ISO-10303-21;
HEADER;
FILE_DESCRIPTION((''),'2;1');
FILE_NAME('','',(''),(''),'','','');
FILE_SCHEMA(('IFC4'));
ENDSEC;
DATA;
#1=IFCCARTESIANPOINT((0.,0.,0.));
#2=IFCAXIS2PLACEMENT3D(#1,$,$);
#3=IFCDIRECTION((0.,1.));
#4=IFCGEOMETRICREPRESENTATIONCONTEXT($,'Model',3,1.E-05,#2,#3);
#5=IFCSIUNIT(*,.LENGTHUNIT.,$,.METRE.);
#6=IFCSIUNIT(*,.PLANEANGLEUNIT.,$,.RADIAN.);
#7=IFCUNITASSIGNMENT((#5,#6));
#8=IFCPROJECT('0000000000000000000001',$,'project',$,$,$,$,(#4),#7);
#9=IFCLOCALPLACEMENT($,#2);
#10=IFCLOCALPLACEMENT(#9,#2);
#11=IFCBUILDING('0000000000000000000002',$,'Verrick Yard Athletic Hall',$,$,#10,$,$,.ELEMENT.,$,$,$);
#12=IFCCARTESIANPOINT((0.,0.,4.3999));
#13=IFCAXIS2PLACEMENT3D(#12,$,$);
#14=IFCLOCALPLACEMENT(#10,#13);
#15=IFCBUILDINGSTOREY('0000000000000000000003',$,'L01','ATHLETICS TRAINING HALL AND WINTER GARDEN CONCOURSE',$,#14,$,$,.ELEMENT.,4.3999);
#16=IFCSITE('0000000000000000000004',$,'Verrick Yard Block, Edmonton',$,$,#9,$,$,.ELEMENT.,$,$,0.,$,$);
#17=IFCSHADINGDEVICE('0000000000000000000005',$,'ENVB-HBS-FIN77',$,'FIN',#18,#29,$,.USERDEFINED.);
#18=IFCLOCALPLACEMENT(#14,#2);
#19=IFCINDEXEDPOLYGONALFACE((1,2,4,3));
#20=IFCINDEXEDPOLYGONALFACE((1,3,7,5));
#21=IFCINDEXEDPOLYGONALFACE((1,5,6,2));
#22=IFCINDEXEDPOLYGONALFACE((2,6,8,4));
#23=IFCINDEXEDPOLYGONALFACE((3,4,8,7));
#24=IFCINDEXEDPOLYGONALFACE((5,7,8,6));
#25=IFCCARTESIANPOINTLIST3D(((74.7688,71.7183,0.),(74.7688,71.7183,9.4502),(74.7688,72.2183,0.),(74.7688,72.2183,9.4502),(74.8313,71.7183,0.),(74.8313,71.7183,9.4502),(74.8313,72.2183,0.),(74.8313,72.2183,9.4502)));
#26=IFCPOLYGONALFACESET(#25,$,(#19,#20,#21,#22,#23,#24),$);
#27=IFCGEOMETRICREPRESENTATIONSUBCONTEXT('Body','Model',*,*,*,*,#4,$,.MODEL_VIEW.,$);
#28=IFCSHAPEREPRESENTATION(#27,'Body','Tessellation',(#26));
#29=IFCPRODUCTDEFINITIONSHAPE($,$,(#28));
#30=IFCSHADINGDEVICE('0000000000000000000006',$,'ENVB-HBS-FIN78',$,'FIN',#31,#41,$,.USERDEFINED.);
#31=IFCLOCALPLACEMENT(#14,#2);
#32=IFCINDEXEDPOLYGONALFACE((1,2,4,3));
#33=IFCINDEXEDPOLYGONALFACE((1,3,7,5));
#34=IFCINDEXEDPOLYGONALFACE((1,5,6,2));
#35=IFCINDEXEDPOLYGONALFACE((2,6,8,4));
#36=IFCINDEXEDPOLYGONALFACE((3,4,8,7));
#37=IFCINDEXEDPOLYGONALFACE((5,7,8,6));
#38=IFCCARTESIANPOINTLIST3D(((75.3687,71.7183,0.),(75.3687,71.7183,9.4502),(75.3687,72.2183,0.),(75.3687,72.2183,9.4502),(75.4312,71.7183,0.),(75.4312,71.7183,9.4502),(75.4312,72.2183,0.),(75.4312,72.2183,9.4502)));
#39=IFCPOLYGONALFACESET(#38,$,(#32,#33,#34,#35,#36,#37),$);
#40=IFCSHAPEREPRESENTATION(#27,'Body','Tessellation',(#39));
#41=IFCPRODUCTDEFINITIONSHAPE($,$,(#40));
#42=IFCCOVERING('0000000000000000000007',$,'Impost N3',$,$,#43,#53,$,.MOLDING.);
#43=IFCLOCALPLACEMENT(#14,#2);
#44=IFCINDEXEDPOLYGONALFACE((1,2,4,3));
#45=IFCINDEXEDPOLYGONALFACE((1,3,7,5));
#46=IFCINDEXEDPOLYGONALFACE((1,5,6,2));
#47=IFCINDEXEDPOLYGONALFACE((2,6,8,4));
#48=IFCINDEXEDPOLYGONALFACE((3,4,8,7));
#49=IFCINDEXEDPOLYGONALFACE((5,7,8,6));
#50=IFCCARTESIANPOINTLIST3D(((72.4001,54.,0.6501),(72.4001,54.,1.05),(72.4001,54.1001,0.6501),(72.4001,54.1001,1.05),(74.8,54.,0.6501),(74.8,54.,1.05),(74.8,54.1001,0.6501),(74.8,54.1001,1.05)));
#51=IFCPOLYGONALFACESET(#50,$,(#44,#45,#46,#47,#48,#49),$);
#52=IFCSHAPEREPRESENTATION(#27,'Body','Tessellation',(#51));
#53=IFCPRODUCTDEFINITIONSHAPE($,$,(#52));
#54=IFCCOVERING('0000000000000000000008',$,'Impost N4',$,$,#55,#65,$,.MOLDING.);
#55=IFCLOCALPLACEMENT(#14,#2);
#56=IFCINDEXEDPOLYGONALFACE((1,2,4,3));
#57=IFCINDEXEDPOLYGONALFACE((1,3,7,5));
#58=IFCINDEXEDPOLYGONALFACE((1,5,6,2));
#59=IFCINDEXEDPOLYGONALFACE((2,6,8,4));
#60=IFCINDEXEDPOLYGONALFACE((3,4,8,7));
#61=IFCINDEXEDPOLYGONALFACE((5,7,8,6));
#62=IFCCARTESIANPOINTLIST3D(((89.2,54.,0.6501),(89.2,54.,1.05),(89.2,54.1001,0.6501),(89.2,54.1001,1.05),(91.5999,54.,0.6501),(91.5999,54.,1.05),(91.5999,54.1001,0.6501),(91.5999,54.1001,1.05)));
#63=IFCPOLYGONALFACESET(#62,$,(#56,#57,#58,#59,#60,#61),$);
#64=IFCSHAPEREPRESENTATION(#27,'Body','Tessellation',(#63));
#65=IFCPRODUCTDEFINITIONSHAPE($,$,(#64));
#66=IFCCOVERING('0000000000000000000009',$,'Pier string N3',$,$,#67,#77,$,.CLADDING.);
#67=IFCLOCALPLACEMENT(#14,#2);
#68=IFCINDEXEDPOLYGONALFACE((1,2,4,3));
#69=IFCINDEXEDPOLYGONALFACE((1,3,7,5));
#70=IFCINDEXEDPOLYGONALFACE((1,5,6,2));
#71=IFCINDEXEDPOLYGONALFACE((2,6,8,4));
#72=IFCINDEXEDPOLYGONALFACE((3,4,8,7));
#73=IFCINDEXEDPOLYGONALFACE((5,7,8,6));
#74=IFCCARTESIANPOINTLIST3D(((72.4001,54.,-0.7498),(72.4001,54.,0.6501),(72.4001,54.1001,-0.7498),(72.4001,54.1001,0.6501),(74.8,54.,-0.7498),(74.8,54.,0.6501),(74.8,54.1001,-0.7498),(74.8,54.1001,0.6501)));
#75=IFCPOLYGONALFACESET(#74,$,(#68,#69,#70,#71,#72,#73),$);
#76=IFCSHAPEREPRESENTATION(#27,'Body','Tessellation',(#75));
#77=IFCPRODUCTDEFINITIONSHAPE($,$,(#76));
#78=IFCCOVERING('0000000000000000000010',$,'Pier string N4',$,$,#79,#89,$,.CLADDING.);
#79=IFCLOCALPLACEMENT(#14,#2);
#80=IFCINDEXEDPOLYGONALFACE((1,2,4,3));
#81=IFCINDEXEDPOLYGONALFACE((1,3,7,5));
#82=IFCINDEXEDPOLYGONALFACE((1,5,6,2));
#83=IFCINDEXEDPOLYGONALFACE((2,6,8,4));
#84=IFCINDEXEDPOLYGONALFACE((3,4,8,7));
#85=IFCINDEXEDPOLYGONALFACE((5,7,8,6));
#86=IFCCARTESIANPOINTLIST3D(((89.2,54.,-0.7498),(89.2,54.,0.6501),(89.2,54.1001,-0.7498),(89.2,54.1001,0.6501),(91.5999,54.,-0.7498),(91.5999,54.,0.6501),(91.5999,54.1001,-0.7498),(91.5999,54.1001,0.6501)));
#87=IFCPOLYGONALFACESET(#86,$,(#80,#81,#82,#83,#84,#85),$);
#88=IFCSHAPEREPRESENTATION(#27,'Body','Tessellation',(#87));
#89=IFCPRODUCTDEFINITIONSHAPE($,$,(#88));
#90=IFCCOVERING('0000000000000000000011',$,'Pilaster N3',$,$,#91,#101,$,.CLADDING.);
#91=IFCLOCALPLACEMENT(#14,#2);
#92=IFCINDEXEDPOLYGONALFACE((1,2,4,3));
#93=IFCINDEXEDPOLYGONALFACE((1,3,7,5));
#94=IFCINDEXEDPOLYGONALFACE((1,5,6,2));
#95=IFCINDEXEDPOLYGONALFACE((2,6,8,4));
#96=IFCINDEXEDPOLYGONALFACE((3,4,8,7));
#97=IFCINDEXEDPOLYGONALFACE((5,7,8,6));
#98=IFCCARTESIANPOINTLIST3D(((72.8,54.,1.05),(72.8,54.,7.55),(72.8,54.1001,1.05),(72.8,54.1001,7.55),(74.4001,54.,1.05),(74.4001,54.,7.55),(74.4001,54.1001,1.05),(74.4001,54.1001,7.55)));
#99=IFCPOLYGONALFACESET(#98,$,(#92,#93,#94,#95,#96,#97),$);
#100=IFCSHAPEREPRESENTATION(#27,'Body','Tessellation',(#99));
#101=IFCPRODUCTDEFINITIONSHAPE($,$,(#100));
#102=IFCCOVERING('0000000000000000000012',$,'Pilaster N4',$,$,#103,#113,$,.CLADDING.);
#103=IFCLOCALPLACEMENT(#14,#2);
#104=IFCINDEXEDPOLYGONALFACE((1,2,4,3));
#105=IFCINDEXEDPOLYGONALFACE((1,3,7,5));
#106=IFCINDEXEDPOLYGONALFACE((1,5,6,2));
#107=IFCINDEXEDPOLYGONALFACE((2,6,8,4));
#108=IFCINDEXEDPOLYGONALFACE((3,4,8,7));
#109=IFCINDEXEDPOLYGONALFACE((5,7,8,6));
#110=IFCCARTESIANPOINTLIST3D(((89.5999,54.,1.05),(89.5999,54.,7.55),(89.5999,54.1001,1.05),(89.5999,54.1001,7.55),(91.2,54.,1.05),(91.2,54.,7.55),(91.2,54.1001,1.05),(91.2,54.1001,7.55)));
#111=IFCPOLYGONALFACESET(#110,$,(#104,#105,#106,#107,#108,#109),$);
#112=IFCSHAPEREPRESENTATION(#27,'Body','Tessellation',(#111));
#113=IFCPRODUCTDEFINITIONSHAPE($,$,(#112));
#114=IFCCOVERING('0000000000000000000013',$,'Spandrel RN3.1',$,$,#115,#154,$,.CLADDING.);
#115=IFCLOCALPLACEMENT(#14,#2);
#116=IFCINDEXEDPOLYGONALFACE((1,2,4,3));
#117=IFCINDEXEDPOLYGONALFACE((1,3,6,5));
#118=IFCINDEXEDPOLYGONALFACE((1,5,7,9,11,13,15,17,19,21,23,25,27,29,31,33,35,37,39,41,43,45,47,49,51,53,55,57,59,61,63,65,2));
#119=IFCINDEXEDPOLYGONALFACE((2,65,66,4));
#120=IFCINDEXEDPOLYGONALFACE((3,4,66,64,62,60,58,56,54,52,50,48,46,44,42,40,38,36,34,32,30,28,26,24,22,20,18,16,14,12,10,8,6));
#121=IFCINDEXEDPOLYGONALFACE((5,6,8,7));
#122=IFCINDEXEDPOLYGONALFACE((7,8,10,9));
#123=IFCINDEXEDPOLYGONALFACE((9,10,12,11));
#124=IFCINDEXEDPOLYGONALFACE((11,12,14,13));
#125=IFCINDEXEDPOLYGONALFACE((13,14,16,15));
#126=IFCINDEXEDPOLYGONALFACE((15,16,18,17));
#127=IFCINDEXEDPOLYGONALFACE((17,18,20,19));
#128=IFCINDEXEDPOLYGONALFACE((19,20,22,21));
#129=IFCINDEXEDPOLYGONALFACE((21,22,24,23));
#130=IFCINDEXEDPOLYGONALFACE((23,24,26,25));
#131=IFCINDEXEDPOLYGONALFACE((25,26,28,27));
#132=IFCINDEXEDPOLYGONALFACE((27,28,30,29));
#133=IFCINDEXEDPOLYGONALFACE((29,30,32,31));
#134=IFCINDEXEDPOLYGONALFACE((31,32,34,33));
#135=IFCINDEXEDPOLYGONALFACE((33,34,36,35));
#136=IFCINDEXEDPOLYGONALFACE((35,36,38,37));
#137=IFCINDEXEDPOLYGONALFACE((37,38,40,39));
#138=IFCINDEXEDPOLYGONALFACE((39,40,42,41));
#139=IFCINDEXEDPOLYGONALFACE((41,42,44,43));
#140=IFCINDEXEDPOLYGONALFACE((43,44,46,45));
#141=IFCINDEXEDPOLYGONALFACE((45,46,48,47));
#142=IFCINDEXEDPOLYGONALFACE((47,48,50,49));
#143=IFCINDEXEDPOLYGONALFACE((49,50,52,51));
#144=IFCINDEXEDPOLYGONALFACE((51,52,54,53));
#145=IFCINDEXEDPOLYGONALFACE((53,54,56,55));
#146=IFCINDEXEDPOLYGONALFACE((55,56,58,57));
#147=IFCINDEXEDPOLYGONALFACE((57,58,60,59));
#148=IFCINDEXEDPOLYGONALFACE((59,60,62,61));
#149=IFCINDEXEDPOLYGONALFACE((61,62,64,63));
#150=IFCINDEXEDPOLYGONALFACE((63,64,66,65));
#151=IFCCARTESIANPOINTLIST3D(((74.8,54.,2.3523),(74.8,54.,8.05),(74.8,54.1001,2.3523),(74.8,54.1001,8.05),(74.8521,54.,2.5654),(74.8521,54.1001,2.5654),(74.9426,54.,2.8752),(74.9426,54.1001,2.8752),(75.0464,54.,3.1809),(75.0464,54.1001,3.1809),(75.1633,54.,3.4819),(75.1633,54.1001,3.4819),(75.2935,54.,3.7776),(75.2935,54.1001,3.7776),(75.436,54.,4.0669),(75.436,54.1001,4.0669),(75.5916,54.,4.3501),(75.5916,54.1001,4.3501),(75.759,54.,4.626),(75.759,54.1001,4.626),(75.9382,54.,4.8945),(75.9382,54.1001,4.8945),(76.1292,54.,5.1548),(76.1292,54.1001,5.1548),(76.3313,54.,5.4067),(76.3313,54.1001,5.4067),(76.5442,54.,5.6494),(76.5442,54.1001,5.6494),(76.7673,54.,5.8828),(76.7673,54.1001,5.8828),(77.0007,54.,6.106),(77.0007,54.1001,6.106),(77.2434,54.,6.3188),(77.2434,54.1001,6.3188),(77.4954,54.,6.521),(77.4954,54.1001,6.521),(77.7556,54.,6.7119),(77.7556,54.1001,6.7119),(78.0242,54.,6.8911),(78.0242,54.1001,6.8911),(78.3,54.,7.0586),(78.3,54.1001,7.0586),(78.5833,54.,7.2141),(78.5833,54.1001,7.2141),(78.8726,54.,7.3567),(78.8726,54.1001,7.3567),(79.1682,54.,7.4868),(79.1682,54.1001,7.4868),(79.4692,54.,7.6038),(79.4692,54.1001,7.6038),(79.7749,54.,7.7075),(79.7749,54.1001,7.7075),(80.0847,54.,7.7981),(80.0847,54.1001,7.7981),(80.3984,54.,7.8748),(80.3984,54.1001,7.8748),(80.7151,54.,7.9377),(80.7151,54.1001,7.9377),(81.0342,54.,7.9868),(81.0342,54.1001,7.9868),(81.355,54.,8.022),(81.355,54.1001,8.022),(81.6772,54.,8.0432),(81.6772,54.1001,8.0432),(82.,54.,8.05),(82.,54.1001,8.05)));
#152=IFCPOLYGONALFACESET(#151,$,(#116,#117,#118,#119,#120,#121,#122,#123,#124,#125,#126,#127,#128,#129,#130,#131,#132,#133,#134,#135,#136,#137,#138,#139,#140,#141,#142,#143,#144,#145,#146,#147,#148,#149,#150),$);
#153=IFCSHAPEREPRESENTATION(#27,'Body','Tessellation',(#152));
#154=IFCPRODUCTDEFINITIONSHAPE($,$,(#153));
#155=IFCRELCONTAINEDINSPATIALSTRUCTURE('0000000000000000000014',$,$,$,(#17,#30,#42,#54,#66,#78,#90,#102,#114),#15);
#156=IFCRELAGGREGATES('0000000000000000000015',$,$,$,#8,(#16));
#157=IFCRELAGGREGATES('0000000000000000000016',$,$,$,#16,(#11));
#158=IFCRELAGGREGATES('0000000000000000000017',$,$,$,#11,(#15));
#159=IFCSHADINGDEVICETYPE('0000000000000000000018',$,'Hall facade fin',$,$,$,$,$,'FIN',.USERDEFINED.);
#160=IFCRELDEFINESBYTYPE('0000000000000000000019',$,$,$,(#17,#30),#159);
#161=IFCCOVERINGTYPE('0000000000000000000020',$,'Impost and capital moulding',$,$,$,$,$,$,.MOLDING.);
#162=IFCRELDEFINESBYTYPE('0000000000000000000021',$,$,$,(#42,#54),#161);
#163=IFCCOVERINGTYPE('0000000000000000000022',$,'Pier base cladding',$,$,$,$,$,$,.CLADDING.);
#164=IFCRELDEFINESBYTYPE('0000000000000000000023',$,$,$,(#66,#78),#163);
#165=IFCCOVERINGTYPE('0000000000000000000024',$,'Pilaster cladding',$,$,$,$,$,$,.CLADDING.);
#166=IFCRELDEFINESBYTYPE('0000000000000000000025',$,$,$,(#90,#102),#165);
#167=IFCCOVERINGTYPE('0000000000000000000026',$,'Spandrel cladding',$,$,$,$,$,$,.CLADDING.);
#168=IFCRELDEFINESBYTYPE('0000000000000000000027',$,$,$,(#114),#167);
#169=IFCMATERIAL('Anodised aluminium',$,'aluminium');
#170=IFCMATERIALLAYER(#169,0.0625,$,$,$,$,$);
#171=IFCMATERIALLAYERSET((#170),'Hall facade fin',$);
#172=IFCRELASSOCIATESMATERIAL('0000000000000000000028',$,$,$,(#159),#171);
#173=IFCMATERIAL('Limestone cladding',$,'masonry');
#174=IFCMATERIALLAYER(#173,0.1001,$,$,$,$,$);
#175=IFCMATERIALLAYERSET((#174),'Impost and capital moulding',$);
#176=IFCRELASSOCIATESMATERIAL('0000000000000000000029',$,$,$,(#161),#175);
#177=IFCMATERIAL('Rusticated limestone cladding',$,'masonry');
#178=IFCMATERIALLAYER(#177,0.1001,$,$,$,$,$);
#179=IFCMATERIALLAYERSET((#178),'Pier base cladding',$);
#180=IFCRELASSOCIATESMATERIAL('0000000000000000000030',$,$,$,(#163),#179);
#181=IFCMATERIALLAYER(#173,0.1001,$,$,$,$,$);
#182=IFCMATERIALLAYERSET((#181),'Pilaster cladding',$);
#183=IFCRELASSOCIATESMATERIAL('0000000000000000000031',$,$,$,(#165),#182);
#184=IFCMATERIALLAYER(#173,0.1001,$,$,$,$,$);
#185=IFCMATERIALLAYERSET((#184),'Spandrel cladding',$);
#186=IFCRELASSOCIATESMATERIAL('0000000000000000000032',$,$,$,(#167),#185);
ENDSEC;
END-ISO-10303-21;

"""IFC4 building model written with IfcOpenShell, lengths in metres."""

from ifc_helpers import new_model, si_unit, direction, frame, origin, origin_2d, place, context, subcontext, project, spatial, polyline, rectangle, outline, extrude, material, layer, layer_set, type_object, element, save


model = new_model("IFC4")

# Units and contexts
model_context = context("Model", 3, precision=1e-05, world=origin(), true_north=direction((0.0, 1.0)))
body_context = subcontext(model_context, "Body", "Model", "MODEL_VIEW")
ifc_project = project(units=[si_unit("LENGTHUNIT", "METRE"), si_unit("PLANEANGLEUNIT", "RADIAN")], contexts=[model_context])

# Site, building, storey
site_placement = place(None, origin())
site = spatial("IfcSite", under=ifc_project, at=site_placement, Name="Verrick Yard Block, Edmonton", CompositionType="ELEMENT", RefElevation=0.0)
building_placement = place(site_placement, origin())
building = spatial("IfcBuilding", under=site, at=building_placement, Name="Verrick Yard Athletic Hall", CompositionType="ELEMENT")
storey_placement = place(building_placement, frame((0.0, 0.0, 4.3999)))
storey = spatial("IfcBuildingStorey", under=building, at=storey_placement, Name="L01", Description="ATHLETICS TRAINING HALL AND WINTER GARDEN CONCOURSE", CompositionType="ELEMENT", Elevation=4.3999)

# Shared definitions
ifc_material_1 = material(Name="Limestone cladding", Category="masonry")

# Shading devices
ifc_material_2 = material(Name="Anodised aluminium", Category="aluminium")
ifc_layer_1 = layer(ifc_material_2, 0.0625)
ifc_layer_set_1 = layer_set([ifc_layer_1], Name="Hall facade fin")
shading_device_type = type_object("IfcShadingDeviceType", Name="Hall facade fin", ElementType="FIN", PredefinedType="USERDEFINED", material=ifc_layer_set_1)
for number, where, z_axis, x_axis, name in (
    (1, (74.8, 71.7183, 0.0), (0.0, 0.0, 1.0), (0.0, 1.0, 0.0), "ENVB-HBS-FIN77"),
    (2, (75.3999, 71.7183, 0.0), (0.0, 0.0, 1.0), (0.0, 1.0, 0.0), "ENVB-HBS-FIN78"),
):
    element("IfcShadingDevice", number, at=place(storey_placement, frame(where, z_axis=z_axis, x_axis=x_axis)), inside=storey, type_object=shading_device_type, Name=name, ObjectType="FIN", PredefinedType="USERDEFINED", context=body_context, shape_type="SweptSolid", body=[
        extrude(outline(polyline([(0.0, 0.0), (0.5, 0.0), (0.5, 9.4502), (0.0, 9.4502), (0.0, 0.0)])), frame((0.0, 0.0312, 0.0), z_axis=(0.0, -1.0, 0.0), x_axis=(1.0, 0.0, 0.0)), (0.0, 0.0, 1.0), 0.0625),
    ])

# Coverings
ifc_layer_2 = layer(ifc_material_1, 0.1001)
ifc_layer_set_2 = layer_set([ifc_layer_2], Name="Impost and capital moulding")
covering_type_1 = type_object("IfcCoveringType", Name="Impost and capital moulding", PredefinedType="MOLDING", material=ifc_layer_set_2)
for number, where, z_axis, x_axis, name in (
    (3, (73.6001, 54.05, 0.6501), (0.0, 0.0, 1.0), (1.0, 0.0, 0.0), "Impost N3"),
    (4, (90.3999, 54.05, 0.6501), (0.0, 0.0, 1.0), (1.0, 0.0, 0.0), "Impost N4"),
):
    element("IfcCovering", number, at=place(storey_placement, frame(where, z_axis=z_axis, x_axis=x_axis)), inside=storey, type_object=covering_type_1, Name=name, PredefinedType="MOLDING", context=body_context, shape_type="SweptSolid", body=[
        extrude(rectangle(XDim=2.3999, YDim=0.1001, at=origin_2d()), origin(), (0.0, 0.0, 1.0), 0.3999),
    ])
ifc_material_3 = material(Name="Rusticated limestone cladding", Category="masonry")
ifc_layer_3 = layer(ifc_material_3, 0.1001)
ifc_layer_set_3 = layer_set([ifc_layer_3], Name="Pier base cladding")
covering_type_2 = type_object("IfcCoveringType", Name="Pier base cladding", PredefinedType="CLADDING", material=ifc_layer_set_3)
for number, where, z_axis, x_axis, name in (
    (5, (73.6001, 54.05, -0.7498), (0.0, 0.0, 1.0), (1.0, 0.0, 0.0), "Pier string N3"),
    (6, (90.3999, 54.05, -0.7498), (0.0, 0.0, 1.0), (1.0, 0.0, 0.0), "Pier string N4"),
):
    element("IfcCovering", number, at=place(storey_placement, frame(where, z_axis=z_axis, x_axis=x_axis)), inside=storey, type_object=covering_type_2, Name=name, PredefinedType="CLADDING", context=body_context, shape_type="SweptSolid", body=[
        extrude(rectangle(XDim=2.3999, YDim=0.1001, at=origin_2d()), origin(), (0.0, 0.0, 1.0), 1.3999),
    ])
ifc_layer_4 = layer(ifc_material_1, 0.1001)
ifc_layer_set_4 = layer_set([ifc_layer_4], Name="Pilaster cladding")
covering_type_3 = type_object("IfcCoveringType", Name="Pilaster cladding", PredefinedType="CLADDING", material=ifc_layer_set_4)
for number, where, z_axis, x_axis, name in (
    (7, (73.6001, 54.05, 1.05), (0.0, 0.0, 1.0), (1.0, 0.0, 0.0), "Pilaster N3"),
    (8, (90.3999, 54.05, 1.05), (0.0, 0.0, 1.0), (1.0, 0.0, 0.0), "Pilaster N4"),
):
    element("IfcCovering", number, at=place(storey_placement, frame(where, z_axis=z_axis, x_axis=x_axis)), inside=storey, type_object=covering_type_3, Name=name, PredefinedType="CLADDING", context=body_context, shape_type="SweptSolid", body=[
        extrude(rectangle(XDim=1.6001, YDim=0.1001, at=origin_2d()), origin(), (0.0, 0.0, 1.0), 6.5),
    ])
ifc_layer_5 = layer(ifc_material_1, 0.1001)
ifc_layer_set_5 = layer_set([ifc_layer_5], Name="Spandrel cladding")
covering_type_4 = type_object("IfcCoveringType", Name="Spandrel cladding", PredefinedType="CLADDING", material=ifc_layer_set_5)
covering_1_placement = place(storey_placement, frame((74.8, 54.05, 2.3523), z_axis=(0.0, 0.0, 1.0), x_axis=(1.0, 0.0, 0.0)))
element("IfcCovering", 9, at=covering_1_placement, inside=storey, type_object=covering_type_4, Name="Spandrel RN3.1", PredefinedType="CLADDING", context=body_context, shape_type="SweptSolid", body=[
    extrude(outline(polyline([(0.0, 0.0), (0.052, 0.2131), (0.1426, 0.5229), (0.2463, 0.8286), (0.3633, 1.1296), (0.4934, 1.4253), (0.636, 1.7146), (0.7915, 1.9978), (0.959, 2.2737), (1.1382, 2.5422), (1.3291, 2.8025), (1.5312, 3.0544), (1.7441, 3.2971), (1.9673, 3.5305), (2.2007, 3.7537), (2.4434, 3.9666), (2.6953, 4.1687), (2.9556, 4.3596), (3.2241, 4.5388), (3.5, 4.7063), (3.7832, 4.8618), (4.0725, 5.0044), (4.3682, 5.1345), (4.6692, 5.2515), (4.9749, 5.3552), (5.2847, 5.4458), (5.5984, 5.5225), (5.915, 5.5854), (6.2341, 5.6345), (6.5549, 5.6697), (6.8772, 5.6909), (7.2, 5.6978), (0.0, 5.6978), (0.0, 0.0)])), frame((0.0, 0.05, 0.0), z_axis=(0.0, -1.0, 0.0), x_axis=(1.0, 0.0, 0.0)), (0.0, 0.0, 1.0), 0.1001),
])

save(model, "model.ifc")
